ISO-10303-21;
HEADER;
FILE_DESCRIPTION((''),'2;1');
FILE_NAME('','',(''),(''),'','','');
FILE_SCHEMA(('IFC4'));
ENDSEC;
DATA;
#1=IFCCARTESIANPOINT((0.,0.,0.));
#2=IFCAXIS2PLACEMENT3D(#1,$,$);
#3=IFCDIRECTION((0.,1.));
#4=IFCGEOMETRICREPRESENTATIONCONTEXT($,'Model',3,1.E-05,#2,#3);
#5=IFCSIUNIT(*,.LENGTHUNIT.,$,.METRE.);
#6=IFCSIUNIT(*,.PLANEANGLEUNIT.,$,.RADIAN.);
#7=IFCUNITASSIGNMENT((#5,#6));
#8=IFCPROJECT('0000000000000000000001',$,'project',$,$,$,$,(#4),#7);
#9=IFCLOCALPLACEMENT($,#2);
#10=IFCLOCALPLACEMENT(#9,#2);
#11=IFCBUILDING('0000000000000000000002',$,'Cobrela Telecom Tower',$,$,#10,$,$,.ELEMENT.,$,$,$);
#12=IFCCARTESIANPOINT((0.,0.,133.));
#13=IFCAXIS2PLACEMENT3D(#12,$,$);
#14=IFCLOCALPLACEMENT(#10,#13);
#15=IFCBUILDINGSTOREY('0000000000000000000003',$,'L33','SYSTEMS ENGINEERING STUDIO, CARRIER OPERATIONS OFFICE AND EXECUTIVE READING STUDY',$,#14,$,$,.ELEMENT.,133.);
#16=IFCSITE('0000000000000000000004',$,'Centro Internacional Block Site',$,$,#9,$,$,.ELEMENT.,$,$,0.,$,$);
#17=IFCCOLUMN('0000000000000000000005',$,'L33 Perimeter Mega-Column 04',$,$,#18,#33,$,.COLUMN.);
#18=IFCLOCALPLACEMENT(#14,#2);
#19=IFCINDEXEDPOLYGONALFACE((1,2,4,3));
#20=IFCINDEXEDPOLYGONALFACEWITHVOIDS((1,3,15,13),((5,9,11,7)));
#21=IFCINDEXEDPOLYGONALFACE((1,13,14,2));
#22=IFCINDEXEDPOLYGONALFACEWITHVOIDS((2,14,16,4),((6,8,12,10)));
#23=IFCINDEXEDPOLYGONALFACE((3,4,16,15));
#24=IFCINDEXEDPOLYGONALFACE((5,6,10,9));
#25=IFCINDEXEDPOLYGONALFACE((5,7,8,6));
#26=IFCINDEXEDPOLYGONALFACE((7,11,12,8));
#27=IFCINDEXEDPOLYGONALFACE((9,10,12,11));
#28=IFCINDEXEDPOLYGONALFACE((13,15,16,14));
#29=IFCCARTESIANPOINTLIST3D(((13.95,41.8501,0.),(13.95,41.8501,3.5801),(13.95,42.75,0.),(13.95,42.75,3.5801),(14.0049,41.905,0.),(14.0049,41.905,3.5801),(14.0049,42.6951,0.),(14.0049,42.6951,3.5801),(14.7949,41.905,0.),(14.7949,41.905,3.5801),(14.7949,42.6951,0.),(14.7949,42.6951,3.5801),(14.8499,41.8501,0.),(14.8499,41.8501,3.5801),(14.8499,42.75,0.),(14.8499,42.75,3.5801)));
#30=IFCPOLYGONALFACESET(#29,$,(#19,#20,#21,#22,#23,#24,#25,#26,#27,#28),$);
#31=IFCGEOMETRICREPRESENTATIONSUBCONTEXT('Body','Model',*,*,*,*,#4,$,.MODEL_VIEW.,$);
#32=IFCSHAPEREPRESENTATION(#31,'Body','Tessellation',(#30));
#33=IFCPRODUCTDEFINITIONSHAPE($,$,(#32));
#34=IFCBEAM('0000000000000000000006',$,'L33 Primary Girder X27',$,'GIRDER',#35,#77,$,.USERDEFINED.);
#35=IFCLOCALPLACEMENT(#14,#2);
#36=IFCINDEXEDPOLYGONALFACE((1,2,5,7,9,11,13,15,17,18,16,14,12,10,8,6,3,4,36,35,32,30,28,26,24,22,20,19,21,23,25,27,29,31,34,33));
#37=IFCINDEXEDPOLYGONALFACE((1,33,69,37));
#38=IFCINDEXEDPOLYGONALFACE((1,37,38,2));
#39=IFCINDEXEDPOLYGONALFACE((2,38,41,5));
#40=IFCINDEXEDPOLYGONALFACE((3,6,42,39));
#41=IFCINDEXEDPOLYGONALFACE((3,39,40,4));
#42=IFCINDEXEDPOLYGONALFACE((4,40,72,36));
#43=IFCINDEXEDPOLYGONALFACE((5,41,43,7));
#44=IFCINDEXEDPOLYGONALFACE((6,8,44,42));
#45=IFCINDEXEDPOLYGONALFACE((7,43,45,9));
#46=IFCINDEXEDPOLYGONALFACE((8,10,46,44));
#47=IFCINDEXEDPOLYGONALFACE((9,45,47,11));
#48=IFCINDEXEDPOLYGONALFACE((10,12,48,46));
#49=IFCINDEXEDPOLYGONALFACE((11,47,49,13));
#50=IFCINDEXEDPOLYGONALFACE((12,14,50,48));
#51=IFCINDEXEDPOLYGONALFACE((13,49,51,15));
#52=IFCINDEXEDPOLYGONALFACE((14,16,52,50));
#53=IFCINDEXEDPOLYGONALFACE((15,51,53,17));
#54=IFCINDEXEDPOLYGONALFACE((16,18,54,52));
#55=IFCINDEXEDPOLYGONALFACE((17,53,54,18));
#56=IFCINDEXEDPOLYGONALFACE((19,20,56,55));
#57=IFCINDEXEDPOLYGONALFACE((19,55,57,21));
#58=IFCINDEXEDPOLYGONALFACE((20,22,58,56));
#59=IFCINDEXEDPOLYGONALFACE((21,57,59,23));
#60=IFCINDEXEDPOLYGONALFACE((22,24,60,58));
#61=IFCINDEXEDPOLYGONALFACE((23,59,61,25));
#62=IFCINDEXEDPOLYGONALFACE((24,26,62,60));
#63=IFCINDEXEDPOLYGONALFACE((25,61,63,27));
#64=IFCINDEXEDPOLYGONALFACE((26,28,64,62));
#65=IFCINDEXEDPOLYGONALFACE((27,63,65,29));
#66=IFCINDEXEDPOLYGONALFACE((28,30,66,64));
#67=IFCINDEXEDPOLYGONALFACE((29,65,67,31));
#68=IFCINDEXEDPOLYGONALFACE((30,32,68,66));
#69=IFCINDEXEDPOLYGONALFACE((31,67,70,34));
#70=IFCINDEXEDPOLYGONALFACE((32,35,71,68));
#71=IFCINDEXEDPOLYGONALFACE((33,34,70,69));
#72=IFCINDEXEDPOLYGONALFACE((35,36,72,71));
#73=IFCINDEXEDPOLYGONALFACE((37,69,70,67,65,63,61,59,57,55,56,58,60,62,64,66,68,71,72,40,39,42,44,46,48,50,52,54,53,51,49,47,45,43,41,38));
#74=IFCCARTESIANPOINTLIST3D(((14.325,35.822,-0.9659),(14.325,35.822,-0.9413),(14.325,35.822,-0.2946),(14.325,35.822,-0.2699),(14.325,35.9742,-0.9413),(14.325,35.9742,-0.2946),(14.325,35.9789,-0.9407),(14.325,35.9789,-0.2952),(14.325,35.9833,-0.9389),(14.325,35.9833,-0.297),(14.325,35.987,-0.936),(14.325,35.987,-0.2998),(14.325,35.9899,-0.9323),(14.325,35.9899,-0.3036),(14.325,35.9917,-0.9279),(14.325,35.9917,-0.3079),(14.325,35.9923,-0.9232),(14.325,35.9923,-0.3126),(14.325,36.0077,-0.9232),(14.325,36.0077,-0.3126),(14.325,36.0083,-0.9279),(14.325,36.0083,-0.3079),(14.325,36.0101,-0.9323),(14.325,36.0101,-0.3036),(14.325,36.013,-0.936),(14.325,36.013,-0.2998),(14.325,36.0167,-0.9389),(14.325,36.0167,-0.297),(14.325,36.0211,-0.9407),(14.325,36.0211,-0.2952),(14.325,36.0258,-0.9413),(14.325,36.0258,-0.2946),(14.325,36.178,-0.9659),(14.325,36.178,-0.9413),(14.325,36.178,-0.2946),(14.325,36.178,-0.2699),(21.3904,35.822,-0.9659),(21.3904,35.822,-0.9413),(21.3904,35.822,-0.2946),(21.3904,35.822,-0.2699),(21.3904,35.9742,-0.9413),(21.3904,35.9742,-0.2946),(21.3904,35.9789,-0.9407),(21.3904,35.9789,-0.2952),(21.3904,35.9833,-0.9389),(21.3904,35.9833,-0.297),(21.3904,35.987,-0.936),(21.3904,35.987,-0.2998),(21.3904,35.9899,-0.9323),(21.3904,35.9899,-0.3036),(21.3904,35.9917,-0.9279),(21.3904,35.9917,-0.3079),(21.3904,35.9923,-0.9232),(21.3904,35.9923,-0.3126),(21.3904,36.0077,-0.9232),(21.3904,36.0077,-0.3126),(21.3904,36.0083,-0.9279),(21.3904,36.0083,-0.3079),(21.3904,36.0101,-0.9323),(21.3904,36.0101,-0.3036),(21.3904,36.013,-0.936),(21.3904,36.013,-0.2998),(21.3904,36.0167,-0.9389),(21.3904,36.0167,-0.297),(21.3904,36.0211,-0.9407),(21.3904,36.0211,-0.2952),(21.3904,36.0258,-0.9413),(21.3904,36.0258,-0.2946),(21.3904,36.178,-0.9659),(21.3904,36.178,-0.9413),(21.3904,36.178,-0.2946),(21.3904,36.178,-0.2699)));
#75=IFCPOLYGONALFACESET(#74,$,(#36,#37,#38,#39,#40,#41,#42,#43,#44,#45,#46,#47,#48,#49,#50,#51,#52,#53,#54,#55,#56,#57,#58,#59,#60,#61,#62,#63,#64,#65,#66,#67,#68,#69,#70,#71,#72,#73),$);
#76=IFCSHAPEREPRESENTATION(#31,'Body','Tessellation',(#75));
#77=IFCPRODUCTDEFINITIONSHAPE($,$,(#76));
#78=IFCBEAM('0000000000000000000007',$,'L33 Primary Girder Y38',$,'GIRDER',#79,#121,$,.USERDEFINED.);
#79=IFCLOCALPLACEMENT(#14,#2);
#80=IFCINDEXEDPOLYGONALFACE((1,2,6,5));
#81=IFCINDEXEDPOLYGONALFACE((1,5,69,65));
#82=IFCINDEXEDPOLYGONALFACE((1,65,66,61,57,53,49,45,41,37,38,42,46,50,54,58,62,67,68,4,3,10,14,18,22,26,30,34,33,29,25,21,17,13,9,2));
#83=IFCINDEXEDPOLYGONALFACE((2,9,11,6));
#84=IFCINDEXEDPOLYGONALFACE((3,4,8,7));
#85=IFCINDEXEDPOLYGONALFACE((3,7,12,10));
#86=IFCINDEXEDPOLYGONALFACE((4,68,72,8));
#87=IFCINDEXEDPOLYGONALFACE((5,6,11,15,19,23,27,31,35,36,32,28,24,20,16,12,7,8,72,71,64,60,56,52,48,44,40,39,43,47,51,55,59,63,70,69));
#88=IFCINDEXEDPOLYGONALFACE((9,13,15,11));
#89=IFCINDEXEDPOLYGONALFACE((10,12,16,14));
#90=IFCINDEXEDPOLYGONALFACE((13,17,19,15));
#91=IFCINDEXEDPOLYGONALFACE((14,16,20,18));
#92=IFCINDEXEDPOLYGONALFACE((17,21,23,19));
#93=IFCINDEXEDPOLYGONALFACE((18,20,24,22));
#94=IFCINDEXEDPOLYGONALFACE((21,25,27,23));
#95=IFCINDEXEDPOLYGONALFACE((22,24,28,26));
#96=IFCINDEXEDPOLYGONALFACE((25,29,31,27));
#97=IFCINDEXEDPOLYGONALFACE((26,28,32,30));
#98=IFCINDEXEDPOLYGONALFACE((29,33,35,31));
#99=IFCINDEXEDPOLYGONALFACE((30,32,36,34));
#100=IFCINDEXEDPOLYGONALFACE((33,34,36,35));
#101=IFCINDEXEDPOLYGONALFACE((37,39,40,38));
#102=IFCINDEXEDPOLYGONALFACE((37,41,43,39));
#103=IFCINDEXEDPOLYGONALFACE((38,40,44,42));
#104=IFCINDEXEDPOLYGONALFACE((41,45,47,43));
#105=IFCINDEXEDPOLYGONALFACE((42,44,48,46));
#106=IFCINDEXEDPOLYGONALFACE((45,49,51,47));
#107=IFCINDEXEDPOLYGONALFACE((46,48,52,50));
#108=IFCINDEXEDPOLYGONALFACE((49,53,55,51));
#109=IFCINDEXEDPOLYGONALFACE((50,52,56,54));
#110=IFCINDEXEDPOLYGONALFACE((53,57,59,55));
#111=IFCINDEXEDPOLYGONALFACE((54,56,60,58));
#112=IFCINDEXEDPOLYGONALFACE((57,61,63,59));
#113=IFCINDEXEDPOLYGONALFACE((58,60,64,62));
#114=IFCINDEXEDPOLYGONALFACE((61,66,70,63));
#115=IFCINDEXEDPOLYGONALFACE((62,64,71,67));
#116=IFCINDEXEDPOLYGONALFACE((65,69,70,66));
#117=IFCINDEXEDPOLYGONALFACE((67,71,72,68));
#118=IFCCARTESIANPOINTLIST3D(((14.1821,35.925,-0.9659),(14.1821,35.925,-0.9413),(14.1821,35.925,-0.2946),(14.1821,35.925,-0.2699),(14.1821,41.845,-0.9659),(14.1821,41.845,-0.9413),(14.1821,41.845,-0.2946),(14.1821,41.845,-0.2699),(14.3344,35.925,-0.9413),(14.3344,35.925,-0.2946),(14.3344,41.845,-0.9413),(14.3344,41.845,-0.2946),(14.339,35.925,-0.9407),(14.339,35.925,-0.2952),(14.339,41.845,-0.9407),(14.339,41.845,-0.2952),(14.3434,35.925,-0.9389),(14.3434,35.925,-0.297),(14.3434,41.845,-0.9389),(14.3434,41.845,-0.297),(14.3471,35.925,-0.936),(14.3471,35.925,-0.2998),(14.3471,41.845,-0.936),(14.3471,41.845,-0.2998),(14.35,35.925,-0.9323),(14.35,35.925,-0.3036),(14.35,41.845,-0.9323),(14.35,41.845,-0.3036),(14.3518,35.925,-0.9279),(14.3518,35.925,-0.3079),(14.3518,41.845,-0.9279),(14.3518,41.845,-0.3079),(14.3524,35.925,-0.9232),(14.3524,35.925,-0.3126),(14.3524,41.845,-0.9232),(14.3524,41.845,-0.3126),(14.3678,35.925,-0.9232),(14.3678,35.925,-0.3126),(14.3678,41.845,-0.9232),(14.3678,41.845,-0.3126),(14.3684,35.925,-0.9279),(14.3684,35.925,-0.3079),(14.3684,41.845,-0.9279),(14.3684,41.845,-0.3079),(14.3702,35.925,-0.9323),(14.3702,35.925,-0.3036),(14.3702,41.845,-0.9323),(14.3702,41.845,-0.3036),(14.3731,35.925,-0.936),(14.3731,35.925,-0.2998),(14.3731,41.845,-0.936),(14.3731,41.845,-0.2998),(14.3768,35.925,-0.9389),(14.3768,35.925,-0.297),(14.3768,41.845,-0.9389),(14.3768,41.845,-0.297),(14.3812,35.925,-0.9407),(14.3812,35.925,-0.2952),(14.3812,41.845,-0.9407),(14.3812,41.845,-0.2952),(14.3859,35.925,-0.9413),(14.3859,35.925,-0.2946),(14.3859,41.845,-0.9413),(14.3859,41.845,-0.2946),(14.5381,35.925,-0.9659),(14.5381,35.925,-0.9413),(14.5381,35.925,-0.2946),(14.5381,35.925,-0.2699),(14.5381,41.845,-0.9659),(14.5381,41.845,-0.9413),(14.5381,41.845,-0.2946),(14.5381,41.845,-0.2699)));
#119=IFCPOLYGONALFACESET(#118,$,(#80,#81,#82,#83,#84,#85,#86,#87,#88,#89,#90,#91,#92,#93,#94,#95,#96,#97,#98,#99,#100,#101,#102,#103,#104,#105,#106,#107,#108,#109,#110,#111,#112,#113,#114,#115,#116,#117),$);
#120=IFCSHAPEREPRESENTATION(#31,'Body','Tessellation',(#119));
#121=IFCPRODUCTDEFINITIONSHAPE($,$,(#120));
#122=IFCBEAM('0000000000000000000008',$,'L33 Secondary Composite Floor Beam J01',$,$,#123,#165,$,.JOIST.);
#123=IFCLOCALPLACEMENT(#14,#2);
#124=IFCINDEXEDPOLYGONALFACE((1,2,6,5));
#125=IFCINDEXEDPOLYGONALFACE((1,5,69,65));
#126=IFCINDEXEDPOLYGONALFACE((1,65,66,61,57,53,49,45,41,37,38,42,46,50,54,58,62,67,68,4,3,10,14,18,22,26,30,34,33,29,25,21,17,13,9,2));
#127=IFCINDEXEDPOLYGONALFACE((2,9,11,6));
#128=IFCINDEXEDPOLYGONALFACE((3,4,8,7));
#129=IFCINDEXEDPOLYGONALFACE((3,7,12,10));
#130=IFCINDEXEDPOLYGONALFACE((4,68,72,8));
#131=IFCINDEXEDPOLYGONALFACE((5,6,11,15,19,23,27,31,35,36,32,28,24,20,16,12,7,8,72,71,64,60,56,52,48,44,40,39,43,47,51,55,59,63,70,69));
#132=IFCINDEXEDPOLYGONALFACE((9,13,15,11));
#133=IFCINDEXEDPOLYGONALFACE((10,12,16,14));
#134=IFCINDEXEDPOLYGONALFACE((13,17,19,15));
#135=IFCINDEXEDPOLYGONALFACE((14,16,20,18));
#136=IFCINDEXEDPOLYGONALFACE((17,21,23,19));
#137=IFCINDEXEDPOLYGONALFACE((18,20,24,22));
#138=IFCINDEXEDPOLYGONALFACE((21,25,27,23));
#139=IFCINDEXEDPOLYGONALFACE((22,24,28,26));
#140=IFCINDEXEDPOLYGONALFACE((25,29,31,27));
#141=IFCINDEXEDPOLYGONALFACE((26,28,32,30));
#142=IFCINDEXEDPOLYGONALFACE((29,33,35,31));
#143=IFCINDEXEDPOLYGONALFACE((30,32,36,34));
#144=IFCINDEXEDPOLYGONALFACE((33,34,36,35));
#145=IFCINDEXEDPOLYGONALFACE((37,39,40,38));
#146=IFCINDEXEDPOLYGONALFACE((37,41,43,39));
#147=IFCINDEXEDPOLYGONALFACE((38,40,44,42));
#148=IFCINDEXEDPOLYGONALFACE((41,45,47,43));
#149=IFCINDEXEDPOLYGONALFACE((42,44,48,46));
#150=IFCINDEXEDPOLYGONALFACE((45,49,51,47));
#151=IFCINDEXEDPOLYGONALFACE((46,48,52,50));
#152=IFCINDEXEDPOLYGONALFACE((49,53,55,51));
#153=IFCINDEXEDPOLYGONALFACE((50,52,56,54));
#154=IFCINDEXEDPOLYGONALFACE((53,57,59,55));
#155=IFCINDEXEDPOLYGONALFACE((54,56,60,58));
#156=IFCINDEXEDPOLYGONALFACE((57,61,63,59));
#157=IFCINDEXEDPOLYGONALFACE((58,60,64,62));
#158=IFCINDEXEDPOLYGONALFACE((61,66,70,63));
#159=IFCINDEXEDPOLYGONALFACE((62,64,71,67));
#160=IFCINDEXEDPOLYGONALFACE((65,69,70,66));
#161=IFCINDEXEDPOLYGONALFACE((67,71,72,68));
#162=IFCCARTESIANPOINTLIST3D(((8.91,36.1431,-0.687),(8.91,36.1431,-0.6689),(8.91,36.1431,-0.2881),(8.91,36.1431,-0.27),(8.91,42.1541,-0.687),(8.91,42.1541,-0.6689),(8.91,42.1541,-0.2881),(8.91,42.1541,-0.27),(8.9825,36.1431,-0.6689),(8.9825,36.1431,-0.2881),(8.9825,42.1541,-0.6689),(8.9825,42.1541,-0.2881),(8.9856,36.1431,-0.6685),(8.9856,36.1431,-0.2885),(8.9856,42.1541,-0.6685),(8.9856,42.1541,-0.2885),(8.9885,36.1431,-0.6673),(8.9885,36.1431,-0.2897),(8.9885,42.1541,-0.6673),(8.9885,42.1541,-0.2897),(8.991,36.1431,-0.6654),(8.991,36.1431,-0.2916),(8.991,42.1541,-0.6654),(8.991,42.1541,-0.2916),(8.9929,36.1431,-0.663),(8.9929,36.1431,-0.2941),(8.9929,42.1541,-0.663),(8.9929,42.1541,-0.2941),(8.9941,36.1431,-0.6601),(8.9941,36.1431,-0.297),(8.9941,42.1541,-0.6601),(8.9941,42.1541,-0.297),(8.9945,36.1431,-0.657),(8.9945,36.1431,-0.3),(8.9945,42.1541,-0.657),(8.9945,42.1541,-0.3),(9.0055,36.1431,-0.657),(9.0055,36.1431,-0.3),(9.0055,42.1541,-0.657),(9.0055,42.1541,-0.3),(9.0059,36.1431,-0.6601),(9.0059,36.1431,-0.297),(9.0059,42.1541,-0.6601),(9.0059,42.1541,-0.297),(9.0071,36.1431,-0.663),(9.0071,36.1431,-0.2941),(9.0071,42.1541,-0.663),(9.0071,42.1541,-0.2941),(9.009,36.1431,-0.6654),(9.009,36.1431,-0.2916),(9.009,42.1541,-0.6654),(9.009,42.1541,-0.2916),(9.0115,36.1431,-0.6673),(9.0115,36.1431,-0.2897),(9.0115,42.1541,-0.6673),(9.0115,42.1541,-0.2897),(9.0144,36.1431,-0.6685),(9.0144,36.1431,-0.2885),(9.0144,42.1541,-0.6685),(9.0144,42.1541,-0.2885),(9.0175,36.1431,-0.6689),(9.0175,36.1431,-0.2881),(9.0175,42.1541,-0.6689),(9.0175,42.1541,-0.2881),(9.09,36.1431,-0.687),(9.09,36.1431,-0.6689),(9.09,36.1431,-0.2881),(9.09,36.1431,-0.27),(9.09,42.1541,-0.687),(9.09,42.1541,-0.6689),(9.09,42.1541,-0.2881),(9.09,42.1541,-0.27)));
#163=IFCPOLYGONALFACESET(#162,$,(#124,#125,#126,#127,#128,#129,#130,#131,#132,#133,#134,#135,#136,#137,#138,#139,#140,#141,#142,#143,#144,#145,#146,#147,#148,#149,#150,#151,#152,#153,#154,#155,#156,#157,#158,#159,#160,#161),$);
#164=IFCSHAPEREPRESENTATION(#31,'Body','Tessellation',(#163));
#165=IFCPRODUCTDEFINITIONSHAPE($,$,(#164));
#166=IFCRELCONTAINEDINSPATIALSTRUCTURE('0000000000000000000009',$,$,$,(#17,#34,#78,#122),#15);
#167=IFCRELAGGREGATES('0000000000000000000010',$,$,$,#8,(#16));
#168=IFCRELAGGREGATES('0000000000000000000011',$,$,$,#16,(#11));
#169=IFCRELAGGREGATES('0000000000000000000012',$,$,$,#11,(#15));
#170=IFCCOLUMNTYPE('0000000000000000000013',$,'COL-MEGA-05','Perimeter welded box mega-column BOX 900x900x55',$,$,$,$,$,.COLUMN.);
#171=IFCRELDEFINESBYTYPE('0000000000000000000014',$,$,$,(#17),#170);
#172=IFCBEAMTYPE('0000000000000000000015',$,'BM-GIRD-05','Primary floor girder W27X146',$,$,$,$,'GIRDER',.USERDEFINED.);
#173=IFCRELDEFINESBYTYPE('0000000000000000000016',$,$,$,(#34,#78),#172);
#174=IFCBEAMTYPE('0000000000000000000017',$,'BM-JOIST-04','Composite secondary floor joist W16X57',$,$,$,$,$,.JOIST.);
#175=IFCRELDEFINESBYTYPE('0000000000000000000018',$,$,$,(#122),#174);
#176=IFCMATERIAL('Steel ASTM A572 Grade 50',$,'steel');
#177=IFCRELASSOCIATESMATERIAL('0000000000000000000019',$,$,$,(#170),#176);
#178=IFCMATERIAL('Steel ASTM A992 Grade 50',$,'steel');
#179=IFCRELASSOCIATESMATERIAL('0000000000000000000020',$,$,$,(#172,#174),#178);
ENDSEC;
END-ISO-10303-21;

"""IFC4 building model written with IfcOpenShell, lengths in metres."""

from ifc_helpers import new_model, si_unit, direction, frame, origin, origin_2d, place, context, subcontext, project, spatial, hollow_rectangle, i_section, extrude, material, material_profile, profile_set, type_object, element, save


model = new_model("IFC4")

# Units and contexts
model_context = context("Model", 3, precision=1e-05, world=origin(), true_north=direction((0.0, 1.0)))
body_context = subcontext(model_context, "Body", "Model", "MODEL_VIEW")
ifc_project = project(units=[si_unit("LENGTHUNIT", "METRE"), si_unit("PLANEANGLEUNIT", "RADIAN")], contexts=[model_context])

# Site, building, storey
site_placement = place(None, origin())
site = spatial("IfcSite", under=ifc_project, at=site_placement, Name="Centro Internacional Block Site", CompositionType="ELEMENT", RefElevation=0.0)
building_placement = place(site_placement, origin())
building = spatial("IfcBuilding", under=site, at=building_placement, Name="Cobrela Telecom Tower", CompositionType="ELEMENT")
storey_placement = place(building_placement, frame((0.0, 0.0, 133.0)))
storey = spatial("IfcBuildingStorey", under=building, at=storey_placement, Name="L33", Description="SYSTEMS ENGINEERING STUDIO, CARRIER OPERATIONS OFFICE AND EXECUTIVE READING STUDY", CompositionType="ELEMENT", Elevation=133.0)

# Column
ifc_material_1 = material(Name="Steel ASTM A572 Grade 50", Category="steel")
ifc_material_profile_1 = material_profile(ifc_material_1, hollow_rectangle(XDim=0.8999, YDim=0.8999, WallThickness=0.0549, at=origin_2d()), Name="BOX 900x900x55")
ifc_profile_set_1 = profile_set([ifc_material_profile_1], Name="Steel ASTM A572 Grade 50")
column_type = type_object("IfcColumnType", Name="COL-MEGA-05", Description="Perimeter welded box mega-column BOX 900x900x55", PredefinedType="COLUMN", material=ifc_profile_set_1)
column_placement = place(storey_placement, frame((14.3999, 42.3, 0.0), z_axis=(0.0, 0.0, 1.0), x_axis=(1.0, 0.0, 0.0)))
element("IfcColumn", 1, at=column_placement, inside=storey, type_object=column_type, Name="L33 Perimeter Mega-Column 04", PredefinedType="COLUMN", context=body_context, shape_type="SweptSolid", body=[
    extrude(hollow_rectangle(XDim=0.8999, YDim=0.8999, WallThickness=0.0549, at=origin_2d()), origin(), (0.0, 0.0, 1.0), 3.5801),
])

# Beams
ifc_material_2 = material(Name="Steel ASTM A992 Grade 50", Category="steel")
ifc_material_profile_2 = material_profile(ifc_material_2, i_section(OverallWidth=0.356, OverallDepth=0.696, WebThickness=0.0154, FlangeThickness=0.0247, FilletRadius=0.0181, at=origin_2d()), Name="W27X146")
ifc_profile_set_2 = profile_set([ifc_material_profile_2], Name="Steel ASTM A992 Grade 50")
beam_type_1 = type_object("IfcBeamType", Name="BM-GIRD-05", Description="Primary floor girder W27X146", ElementType="GIRDER", PredefinedType="USERDEFINED", material=ifc_profile_set_2)
beam_1_placement = place(storey_placement, frame((14.325, 36.0, -0.6179), z_axis=(1.0, 0.0, 0.0), x_axis=(0.0, 1.0, 0.0)))
element("IfcBeam", 2, at=beam_1_placement, inside=storey, type_object=beam_type_1, Name="L33 Primary Girder X27", ObjectType="GIRDER", PredefinedType="USERDEFINED", context=body_context, shape_type="SweptSolid", body=[
    extrude(i_section(OverallWidth=0.356, OverallDepth=0.696, WebThickness=0.0154, FlangeThickness=0.0247, FilletRadius=0.0181, at=origin_2d()), origin(), (0.0, 0.0, 1.0), 7.0654),
])
beam_2_placement = place(storey_placement, frame((14.3601, 35.925, -0.6179), z_axis=(0.0, 1.0, 0.0), x_axis=(-1.0, 0.0, 0.0)))
element("IfcBeam", 3, at=beam_2_placement, inside=storey, type_object=beam_type_1, Name="L33 Primary Girder Y38", ObjectType="GIRDER", PredefinedType="USERDEFINED", context=body_context, shape_type="SweptSolid", body=[
    extrude(i_section(OverallWidth=0.356, OverallDepth=0.696, WebThickness=0.0154, FlangeThickness=0.0247, FilletRadius=0.0181, at=origin_2d()), origin(), (0.0, 0.0, 1.0), 5.9199),
])
ifc_material_profile_3 = material_profile(ifc_material_2, i_section(OverallWidth=0.1799, OverallDepth=0.417, WebThickness=0.011, FlangeThickness=0.0181, FilletRadius=0.012, at=origin_2d()), Name="W16X57")
ifc_profile_set_3 = profile_set([ifc_material_profile_3], Name="Steel ASTM A992 Grade 50")
beam_type_2 = type_object("IfcBeamType", Name="BM-JOIST-04", Description="Composite secondary floor joist W16X57", PredefinedType="JOIST", material=ifc_profile_set_3)
for number, where, z_axis, x_axis, name in (
    (4, (9.0, 36.1431, -0.4785), (0.0, 1.0, 0.0), (-1.0, 0.0, 0.0), "L33 Secondary Composite Floor Beam J01"),
):
    element("IfcBeam", number, at=place(storey_placement, frame(where, z_axis=z_axis, x_axis=x_axis)), inside=storey, type_object=beam_type_2, Name=name, PredefinedType="JOIST", context=body_context, shape_type="SweptSolid", body=[
        extrude(i_section(OverallWidth=0.1799, OverallDepth=0.417, WebThickness=0.011, FlangeThickness=0.0181, FilletRadius=0.012, at=origin_2d()), origin(), (0.0, 0.0, 1.0), 6.011),
    ])

save(model, "model.ifc")
